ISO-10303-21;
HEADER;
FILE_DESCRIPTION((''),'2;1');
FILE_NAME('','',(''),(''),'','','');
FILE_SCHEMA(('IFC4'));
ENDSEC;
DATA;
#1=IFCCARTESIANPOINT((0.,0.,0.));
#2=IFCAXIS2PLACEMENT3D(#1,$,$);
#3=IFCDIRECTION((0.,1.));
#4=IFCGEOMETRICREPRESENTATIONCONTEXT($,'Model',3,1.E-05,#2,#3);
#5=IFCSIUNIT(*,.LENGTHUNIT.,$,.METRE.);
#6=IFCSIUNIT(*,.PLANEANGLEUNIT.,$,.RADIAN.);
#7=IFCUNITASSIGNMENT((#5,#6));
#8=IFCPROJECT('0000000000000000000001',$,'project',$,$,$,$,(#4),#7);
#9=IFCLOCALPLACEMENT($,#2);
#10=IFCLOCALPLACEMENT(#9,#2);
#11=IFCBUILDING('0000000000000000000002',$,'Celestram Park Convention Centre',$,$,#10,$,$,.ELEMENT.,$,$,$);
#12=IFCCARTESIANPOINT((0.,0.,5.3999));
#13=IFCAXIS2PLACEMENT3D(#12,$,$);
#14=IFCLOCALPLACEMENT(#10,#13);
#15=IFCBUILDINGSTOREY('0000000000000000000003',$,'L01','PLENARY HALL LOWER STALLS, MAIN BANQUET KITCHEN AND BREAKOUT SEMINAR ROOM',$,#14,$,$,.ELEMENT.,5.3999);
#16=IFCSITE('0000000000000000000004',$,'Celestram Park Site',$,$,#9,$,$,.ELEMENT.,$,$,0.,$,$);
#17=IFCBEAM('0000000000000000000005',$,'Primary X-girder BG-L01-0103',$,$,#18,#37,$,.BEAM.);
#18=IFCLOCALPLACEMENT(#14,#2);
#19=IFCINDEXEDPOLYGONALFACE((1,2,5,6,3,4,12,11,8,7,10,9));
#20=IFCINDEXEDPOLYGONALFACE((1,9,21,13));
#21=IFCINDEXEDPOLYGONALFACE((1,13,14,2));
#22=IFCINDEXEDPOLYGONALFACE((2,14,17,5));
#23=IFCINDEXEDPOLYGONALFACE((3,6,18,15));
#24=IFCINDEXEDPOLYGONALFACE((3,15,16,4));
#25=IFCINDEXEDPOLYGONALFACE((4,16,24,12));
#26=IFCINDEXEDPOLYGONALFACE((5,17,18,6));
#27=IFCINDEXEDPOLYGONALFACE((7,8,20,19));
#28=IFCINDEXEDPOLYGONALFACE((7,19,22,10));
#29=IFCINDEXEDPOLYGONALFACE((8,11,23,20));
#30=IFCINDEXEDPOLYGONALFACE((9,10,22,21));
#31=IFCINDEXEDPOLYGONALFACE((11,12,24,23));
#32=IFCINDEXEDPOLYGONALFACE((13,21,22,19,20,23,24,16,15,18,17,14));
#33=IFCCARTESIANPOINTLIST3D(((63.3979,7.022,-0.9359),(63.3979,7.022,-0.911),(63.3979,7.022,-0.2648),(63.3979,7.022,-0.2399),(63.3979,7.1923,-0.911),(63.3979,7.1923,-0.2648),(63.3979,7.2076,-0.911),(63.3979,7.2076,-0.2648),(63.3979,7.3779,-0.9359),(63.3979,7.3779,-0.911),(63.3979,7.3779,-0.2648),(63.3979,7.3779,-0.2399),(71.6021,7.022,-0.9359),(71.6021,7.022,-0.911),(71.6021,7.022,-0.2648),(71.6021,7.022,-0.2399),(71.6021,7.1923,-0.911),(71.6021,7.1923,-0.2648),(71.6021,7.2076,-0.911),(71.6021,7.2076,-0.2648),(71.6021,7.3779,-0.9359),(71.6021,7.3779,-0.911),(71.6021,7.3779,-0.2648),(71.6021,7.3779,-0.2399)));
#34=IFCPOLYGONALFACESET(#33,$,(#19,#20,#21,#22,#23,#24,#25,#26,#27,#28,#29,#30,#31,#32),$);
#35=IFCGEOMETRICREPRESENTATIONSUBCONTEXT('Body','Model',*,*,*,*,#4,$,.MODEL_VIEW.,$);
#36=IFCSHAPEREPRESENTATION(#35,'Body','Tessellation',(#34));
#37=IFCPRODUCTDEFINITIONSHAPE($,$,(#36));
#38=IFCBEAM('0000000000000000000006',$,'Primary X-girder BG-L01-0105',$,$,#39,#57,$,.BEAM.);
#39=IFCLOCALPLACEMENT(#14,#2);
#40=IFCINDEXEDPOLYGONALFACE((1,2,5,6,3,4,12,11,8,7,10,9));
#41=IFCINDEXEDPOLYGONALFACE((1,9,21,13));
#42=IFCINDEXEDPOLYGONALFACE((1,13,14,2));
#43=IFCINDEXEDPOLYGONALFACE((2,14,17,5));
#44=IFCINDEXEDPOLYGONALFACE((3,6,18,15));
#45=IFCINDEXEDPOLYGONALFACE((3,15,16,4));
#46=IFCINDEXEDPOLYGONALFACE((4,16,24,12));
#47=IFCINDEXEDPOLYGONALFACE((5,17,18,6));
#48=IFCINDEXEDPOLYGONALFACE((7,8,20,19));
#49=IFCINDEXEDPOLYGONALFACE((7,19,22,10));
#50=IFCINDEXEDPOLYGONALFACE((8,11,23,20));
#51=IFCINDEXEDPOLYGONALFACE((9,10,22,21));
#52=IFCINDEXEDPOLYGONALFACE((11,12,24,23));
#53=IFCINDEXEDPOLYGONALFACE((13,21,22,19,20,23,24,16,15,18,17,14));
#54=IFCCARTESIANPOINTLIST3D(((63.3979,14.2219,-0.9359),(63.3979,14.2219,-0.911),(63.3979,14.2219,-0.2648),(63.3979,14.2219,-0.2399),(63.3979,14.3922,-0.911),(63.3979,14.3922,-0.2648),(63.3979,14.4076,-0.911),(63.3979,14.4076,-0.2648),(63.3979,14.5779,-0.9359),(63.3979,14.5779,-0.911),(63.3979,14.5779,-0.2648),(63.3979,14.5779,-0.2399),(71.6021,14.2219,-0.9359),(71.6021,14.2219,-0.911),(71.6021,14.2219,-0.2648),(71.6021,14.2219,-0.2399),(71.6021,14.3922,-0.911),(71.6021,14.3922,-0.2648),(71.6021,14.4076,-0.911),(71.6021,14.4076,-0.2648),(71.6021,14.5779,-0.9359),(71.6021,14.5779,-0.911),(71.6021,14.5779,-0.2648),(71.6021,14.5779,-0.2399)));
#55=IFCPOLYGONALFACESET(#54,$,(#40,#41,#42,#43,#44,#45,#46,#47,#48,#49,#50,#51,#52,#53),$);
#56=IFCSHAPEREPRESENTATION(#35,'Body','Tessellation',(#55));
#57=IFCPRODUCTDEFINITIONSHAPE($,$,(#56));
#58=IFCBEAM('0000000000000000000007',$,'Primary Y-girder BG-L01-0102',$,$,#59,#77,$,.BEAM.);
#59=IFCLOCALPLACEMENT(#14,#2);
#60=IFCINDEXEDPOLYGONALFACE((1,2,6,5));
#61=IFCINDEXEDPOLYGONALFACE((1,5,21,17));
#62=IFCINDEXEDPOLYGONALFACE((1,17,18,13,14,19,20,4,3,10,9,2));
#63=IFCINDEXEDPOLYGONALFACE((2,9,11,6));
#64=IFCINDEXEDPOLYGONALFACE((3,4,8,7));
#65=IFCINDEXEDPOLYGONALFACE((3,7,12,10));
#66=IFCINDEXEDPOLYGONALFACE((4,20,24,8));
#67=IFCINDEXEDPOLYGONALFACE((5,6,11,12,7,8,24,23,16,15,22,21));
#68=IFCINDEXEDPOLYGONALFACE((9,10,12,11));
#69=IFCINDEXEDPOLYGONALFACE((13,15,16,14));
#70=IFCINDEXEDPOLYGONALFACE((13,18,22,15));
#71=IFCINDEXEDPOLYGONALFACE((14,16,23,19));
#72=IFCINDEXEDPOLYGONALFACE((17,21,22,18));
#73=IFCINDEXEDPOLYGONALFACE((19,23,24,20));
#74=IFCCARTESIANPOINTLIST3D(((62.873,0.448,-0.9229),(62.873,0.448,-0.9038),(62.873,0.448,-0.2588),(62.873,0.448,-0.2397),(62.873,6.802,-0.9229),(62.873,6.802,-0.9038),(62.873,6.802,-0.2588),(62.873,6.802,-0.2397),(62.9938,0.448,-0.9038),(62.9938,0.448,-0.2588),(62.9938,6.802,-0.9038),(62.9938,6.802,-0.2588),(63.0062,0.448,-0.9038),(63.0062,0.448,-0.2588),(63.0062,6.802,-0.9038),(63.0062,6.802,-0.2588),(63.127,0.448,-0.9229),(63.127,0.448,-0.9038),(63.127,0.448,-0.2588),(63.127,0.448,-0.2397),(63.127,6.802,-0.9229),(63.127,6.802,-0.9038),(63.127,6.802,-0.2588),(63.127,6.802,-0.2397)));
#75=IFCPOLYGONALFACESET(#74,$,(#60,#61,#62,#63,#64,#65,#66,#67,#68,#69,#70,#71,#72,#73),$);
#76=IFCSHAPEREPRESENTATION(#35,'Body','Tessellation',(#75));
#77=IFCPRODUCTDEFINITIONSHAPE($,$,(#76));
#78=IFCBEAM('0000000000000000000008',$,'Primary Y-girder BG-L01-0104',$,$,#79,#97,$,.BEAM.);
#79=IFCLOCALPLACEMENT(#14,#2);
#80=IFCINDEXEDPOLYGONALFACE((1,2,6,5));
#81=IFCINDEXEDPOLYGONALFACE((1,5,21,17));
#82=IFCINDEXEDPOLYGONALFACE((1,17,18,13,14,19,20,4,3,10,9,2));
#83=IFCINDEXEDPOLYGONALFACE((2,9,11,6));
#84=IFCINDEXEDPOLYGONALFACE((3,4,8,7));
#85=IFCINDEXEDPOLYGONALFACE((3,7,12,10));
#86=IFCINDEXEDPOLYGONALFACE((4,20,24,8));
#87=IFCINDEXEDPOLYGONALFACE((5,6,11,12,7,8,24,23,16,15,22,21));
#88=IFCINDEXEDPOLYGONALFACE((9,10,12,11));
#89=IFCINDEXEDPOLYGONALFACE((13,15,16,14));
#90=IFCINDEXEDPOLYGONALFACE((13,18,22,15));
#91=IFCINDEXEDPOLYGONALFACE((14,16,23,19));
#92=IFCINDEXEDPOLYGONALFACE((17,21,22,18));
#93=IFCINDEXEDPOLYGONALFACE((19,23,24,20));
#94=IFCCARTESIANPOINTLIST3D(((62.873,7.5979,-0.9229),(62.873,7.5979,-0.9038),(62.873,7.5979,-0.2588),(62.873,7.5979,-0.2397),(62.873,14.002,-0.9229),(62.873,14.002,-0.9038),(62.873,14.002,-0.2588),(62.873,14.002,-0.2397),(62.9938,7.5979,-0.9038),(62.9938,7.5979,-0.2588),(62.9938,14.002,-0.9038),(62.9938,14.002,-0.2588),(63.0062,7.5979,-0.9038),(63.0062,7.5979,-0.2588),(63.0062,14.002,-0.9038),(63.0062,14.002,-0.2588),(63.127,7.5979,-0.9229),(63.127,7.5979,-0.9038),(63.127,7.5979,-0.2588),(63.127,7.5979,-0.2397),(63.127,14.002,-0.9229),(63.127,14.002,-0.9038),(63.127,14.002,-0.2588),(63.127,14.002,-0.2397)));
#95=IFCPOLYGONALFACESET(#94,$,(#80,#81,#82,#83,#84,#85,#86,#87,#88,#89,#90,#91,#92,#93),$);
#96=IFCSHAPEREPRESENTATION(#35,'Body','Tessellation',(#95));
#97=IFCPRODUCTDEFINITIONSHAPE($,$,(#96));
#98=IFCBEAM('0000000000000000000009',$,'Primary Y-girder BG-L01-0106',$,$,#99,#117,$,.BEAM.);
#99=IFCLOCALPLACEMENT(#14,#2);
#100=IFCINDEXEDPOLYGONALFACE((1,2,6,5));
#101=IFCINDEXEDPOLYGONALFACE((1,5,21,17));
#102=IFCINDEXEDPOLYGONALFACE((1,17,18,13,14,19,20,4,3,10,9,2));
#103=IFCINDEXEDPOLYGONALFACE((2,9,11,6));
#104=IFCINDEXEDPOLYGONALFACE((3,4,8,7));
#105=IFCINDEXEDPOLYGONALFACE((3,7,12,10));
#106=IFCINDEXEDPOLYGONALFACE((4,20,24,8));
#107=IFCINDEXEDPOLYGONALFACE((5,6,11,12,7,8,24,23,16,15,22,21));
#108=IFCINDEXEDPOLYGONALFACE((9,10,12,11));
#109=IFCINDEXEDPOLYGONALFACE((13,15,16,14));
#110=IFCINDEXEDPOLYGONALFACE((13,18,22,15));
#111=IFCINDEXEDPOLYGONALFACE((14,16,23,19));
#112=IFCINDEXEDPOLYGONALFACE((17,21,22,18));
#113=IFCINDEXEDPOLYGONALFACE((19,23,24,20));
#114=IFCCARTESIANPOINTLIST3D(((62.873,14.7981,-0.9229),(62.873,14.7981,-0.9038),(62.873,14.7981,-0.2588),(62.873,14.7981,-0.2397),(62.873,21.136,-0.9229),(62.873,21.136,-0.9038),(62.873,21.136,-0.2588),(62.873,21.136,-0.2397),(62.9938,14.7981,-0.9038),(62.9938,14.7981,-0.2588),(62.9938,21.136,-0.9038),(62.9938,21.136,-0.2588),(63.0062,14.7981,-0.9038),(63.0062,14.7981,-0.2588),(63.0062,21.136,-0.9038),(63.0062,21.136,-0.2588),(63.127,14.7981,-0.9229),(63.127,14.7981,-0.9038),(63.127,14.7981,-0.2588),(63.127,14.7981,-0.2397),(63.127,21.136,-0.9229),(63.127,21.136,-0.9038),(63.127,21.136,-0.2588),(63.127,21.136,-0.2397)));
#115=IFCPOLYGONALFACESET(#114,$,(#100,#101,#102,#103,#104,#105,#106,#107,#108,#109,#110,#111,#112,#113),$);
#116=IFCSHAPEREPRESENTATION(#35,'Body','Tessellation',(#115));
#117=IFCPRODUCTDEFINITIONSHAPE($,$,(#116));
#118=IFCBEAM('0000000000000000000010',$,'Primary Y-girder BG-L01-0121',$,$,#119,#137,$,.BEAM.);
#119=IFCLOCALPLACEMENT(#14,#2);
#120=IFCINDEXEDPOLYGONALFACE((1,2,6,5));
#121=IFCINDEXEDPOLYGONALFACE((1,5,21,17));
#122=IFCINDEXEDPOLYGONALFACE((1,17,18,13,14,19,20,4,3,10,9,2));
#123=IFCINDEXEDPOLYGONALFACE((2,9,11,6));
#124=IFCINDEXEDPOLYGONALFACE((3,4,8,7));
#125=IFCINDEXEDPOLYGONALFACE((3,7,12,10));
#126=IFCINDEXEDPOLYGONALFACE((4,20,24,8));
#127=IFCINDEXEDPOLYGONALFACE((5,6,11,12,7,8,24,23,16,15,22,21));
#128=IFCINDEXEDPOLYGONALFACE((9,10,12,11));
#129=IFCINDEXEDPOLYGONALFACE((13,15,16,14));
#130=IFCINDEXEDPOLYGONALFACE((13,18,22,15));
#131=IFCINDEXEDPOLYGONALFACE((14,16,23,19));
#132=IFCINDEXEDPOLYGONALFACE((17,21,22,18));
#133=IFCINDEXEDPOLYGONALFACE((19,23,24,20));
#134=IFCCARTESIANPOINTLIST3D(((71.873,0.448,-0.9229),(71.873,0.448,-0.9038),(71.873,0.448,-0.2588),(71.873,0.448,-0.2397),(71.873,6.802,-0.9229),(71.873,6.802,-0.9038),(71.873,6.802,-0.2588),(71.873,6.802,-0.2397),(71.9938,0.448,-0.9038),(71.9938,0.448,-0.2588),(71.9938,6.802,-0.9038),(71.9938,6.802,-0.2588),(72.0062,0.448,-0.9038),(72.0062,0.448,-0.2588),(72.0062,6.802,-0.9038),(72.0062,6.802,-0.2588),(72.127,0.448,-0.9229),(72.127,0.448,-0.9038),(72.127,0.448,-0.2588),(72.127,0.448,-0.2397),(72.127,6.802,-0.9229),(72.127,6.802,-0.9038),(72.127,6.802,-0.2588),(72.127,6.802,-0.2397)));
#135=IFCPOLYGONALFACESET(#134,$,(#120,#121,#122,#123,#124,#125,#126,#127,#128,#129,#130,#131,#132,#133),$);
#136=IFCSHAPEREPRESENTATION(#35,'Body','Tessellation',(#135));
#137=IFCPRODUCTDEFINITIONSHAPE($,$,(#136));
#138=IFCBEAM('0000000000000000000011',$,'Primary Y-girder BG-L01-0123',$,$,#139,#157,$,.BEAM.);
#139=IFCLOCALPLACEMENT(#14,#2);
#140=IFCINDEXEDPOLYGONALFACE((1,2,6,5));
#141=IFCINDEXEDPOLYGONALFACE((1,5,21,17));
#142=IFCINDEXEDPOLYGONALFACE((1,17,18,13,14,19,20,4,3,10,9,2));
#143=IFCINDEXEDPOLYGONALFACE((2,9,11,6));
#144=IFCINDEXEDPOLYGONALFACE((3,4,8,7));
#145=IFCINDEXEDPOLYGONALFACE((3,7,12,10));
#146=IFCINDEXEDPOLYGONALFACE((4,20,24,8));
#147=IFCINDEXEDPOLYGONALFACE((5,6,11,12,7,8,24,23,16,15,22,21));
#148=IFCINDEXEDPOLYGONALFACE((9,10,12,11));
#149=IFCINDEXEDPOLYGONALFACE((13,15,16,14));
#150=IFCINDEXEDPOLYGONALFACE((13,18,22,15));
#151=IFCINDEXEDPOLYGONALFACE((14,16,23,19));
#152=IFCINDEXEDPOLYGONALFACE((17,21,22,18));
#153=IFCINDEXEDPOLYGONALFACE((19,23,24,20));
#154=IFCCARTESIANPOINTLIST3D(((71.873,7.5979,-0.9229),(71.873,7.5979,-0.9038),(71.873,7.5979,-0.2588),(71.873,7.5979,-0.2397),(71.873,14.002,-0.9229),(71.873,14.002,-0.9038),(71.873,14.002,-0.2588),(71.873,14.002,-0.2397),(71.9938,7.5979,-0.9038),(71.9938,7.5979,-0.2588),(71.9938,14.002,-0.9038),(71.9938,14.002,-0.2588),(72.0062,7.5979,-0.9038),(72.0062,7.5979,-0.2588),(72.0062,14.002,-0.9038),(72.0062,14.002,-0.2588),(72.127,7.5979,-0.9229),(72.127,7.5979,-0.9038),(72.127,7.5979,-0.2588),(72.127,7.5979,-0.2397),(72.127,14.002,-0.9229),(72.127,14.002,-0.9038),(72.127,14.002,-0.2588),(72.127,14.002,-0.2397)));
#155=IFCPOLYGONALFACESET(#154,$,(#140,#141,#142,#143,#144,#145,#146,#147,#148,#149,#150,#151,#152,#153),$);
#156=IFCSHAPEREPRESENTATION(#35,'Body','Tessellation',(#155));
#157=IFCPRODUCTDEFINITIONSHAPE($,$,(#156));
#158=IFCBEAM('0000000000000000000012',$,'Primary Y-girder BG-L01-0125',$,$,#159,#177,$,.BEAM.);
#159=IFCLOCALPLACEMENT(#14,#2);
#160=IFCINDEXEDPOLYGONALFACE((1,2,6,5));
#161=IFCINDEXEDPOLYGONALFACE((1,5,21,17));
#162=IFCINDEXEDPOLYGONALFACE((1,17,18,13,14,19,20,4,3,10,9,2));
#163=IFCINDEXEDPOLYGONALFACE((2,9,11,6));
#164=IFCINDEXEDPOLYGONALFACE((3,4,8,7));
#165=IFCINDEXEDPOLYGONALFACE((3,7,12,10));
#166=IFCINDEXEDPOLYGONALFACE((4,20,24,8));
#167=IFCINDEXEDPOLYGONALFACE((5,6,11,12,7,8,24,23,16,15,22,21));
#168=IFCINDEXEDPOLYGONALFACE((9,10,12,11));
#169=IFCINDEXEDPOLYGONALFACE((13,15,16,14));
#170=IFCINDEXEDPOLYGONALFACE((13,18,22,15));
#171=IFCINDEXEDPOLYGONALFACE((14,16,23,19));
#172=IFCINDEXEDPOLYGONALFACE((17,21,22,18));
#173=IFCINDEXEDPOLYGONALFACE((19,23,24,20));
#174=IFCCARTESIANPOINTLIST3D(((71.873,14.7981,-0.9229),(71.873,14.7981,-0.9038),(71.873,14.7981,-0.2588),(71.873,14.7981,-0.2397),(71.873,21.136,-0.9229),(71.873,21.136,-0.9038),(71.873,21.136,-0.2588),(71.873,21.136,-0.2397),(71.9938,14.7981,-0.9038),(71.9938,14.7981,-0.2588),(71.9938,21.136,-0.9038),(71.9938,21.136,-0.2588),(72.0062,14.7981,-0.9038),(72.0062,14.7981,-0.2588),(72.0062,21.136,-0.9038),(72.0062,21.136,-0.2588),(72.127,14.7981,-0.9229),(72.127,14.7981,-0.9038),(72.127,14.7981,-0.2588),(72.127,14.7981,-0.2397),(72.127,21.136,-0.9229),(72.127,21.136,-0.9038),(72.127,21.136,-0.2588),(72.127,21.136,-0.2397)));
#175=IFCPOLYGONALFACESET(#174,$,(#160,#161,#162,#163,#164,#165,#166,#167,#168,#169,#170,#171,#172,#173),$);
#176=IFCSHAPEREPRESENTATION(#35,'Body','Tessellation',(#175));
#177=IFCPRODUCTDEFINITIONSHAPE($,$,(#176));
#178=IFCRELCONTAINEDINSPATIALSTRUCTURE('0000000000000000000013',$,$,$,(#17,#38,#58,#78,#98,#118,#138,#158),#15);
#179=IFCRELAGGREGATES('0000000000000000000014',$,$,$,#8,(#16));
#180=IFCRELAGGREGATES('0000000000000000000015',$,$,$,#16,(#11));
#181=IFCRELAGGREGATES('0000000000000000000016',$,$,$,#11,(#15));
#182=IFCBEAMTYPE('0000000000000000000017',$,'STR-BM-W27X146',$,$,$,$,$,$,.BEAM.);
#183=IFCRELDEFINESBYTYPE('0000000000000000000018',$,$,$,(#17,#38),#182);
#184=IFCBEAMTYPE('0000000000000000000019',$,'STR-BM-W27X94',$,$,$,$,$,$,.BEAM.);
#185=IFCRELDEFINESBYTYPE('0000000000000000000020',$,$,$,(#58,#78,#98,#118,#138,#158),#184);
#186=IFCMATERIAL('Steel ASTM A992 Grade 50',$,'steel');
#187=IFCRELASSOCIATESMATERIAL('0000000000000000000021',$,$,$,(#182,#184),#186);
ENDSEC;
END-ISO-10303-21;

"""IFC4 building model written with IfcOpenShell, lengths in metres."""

from ifc_helpers import new_model, si_unit, direction, frame, origin, origin_2d, place, context, subcontext, project, spatial, i_section, extrude, material, material_profile, profile_set, type_object, element, save


model = new_model("IFC4")

# Units and contexts
model_context = context("Model", 3, precision=1e-05, world=origin(), true_north=direction((0.0, 1.0)))
body_context = subcontext(model_context, "Body", "Model", "MODEL_VIEW")
ifc_project = project(units=[si_unit("LENGTHUNIT", "METRE"), si_unit("PLANEANGLEUNIT", "RADIAN")], contexts=[model_context])

# Site, building, storey
site_placement = place(None, origin())
site = spatial("IfcSite", under=ifc_project, at=site_placement, Name="Celestram Park Site", CompositionType="ELEMENT", RefElevation=0.0)
building_placement = place(site_placement, origin())
building = spatial("IfcBuilding", under=site, at=building_placement, Name="Celestram Park Convention Centre", CompositionType="ELEMENT")
storey_placement = place(building_placement, frame((0.0, 0.0, 5.3999)))
storey = spatial("IfcBuildingStorey", under=building, at=storey_placement, Name="L01", Description="PLENARY HALL LOWER STALLS, MAIN BANQUET KITCHEN AND BREAKOUT SEMINAR ROOM", CompositionType="ELEMENT", Elevation=5.3999)

# Beams
ifc_material_1 = material(Name="Steel ASTM A992 Grade 50", Category="steel")
ifc_material_profile_1 = material_profile(ifc_material_1, i_section(OverallWidth=0.356, OverallDepth=0.696, WebThickness=0.0154, FlangeThickness=0.0249, at=origin_2d()), Name="W27X146")
ifc_profile_set_1 = profile_set([ifc_material_profile_1], Name="Steel ASTM A992 Grade 50")
beam_type_1 = type_object("IfcBeamType", Name="STR-BM-W27X146", PredefinedType="BEAM", material=ifc_profile_set_1)
for number, where, z_axis, x_axis, name in (
    (1, (63.3979, 7.2, -0.5879), (1.0, 0.0, 0.0), (0.0, 1.0, 0.0), "Primary X-girder BG-L01-0103"),
    (2, (63.3979, 14.3999, -0.5879), (1.0, 0.0, 0.0), (0.0, 1.0, 0.0), "Primary X-girder BG-L01-0105"),
):
    element("IfcBeam", number, at=place(storey_placement, frame(where, z_axis=z_axis, x_axis=x_axis)), inside=storey, type_object=beam_type_1, Name=name, PredefinedType="BEAM", context=body_context, shape_type="SweptSolid", body=[
        extrude(i_section(OverallWidth=0.356, OverallDepth=0.696, WebThickness=0.0154, FlangeThickness=0.0249, at=origin_2d()), origin(), (0.0, 0.0, 1.0), 8.2041),
    ])
ifc_material_profile_2 = material_profile(ifc_material_1, i_section(OverallWidth=0.2539, OverallDepth=0.6831, WebThickness=0.0125, FlangeThickness=0.019, at=origin_2d()), Name="W27X94")
ifc_profile_set_2 = profile_set([ifc_material_profile_2], Name="Steel ASTM A992 Grade 50")
beam_type_2 = type_object("IfcBeamType", Name="STR-BM-W27X94", PredefinedType="BEAM", material=ifc_profile_set_2)
beam_1_placement = place(storey_placement, frame((63.0, 0.448, -0.5813), z_axis=(0.0, 1.0, 0.0), x_axis=(-1.0, 0.0, 0.0)))
element("IfcBeam", 3, at=beam_1_placement, inside=storey, type_object=beam_type_2, Name="Primary Y-girder BG-L01-0102", PredefinedType="BEAM", context=body_context, shape_type="SweptSolid", body=[
    extrude(i_section(OverallWidth=0.2539, OverallDepth=0.6831, WebThickness=0.0125, FlangeThickness=0.019, at=origin_2d()), origin(), (0.0, 0.0, 1.0), 6.354),
])
beam_2_placement = place(storey_placement, frame((63.0, 7.5979, -0.5813), z_axis=(0.0, 1.0, 0.0), x_axis=(-1.0, 0.0, 0.0)))
element("IfcBeam", 4, at=beam_2_placement, inside=storey, type_object=beam_type_2, Name="Primary Y-girder BG-L01-0104", PredefinedType="BEAM", context=body_context, shape_type="SweptSolid", body=[
    extrude(i_section(OverallWidth=0.2539, OverallDepth=0.6831, WebThickness=0.0125, FlangeThickness=0.019, at=origin_2d()), origin(), (0.0, 0.0, 1.0), 6.4041),
])
beam_3_placement = place(storey_placement, frame((63.0, 14.7981, -0.5813), z_axis=(0.0, 1.0, 0.0), x_axis=(-1.0, 0.0, 0.0)))
element("IfcBeam", 5, at=beam_3_placement, inside=storey, type_object=beam_type_2, Name="Primary Y-girder BG-L01-0106", PredefinedType="BEAM", context=body_context, shape_type="SweptSolid", body=[
    extrude(i_section(OverallWidth=0.2539, OverallDepth=0.6831, WebThickness=0.0125, FlangeThickness=0.019, at=origin_2d()), origin(), (0.0, 0.0, 1.0), 6.3379),
])
beam_4_placement = place(storey_placement, frame((72.0, 0.448, -0.5813), z_axis=(0.0, 1.0, 0.0), x_axis=(-1.0, 0.0, 0.0)))
element("IfcBeam", 6, at=beam_4_placement, inside=storey, type_object=beam_type_2, Name="Primary Y-girder BG-L01-0121", PredefinedType="BEAM", context=body_context, shape_type="SweptSolid", body=[
    extrude(i_section(OverallWidth=0.2539, OverallDepth=0.6831, WebThickness=0.0125, FlangeThickness=0.019, at=origin_2d()), origin(), (0.0, 0.0, 1.0), 6.354),
])
beam_5_placement = place(storey_placement, frame((72.0, 7.5979, -0.5813), z_axis=(0.0, 1.0, 0.0), x_axis=(-1.0, 0.0, 0.0)))
element("IfcBeam", 7, at=beam_5_placement, inside=storey, type_object=beam_type_2, Name="Primary Y-girder BG-L01-0123", PredefinedType="BEAM", context=body_context, shape_type="SweptSolid", body=[
    extrude(i_section(OverallWidth=0.2539, OverallDepth=0.6831, WebThickness=0.0125, FlangeThickness=0.019, at=origin_2d()), origin(), (0.0, 0.0, 1.0), 6.4041),
])
beam_6_placement = place(storey_placement, frame((72.0, 14.7981, -0.5813), z_axis=(0.0, 1.0, 0.0), x_axis=(-1.0, 0.0, 0.0)))
element("IfcBeam", 8, at=beam_6_placement, inside=storey, type_object=beam_type_2, Name="Primary Y-girder BG-L01-0125", PredefinedType="BEAM", context=body_context, shape_type="SweptSolid", body=[
    extrude(i_section(OverallWidth=0.2539, OverallDepth=0.6831, WebThickness=0.0125, FlangeThickness=0.019, at=origin_2d()), origin(), (0.0, 0.0, 1.0), 6.3379),
])

save(model, "model.ifc")
